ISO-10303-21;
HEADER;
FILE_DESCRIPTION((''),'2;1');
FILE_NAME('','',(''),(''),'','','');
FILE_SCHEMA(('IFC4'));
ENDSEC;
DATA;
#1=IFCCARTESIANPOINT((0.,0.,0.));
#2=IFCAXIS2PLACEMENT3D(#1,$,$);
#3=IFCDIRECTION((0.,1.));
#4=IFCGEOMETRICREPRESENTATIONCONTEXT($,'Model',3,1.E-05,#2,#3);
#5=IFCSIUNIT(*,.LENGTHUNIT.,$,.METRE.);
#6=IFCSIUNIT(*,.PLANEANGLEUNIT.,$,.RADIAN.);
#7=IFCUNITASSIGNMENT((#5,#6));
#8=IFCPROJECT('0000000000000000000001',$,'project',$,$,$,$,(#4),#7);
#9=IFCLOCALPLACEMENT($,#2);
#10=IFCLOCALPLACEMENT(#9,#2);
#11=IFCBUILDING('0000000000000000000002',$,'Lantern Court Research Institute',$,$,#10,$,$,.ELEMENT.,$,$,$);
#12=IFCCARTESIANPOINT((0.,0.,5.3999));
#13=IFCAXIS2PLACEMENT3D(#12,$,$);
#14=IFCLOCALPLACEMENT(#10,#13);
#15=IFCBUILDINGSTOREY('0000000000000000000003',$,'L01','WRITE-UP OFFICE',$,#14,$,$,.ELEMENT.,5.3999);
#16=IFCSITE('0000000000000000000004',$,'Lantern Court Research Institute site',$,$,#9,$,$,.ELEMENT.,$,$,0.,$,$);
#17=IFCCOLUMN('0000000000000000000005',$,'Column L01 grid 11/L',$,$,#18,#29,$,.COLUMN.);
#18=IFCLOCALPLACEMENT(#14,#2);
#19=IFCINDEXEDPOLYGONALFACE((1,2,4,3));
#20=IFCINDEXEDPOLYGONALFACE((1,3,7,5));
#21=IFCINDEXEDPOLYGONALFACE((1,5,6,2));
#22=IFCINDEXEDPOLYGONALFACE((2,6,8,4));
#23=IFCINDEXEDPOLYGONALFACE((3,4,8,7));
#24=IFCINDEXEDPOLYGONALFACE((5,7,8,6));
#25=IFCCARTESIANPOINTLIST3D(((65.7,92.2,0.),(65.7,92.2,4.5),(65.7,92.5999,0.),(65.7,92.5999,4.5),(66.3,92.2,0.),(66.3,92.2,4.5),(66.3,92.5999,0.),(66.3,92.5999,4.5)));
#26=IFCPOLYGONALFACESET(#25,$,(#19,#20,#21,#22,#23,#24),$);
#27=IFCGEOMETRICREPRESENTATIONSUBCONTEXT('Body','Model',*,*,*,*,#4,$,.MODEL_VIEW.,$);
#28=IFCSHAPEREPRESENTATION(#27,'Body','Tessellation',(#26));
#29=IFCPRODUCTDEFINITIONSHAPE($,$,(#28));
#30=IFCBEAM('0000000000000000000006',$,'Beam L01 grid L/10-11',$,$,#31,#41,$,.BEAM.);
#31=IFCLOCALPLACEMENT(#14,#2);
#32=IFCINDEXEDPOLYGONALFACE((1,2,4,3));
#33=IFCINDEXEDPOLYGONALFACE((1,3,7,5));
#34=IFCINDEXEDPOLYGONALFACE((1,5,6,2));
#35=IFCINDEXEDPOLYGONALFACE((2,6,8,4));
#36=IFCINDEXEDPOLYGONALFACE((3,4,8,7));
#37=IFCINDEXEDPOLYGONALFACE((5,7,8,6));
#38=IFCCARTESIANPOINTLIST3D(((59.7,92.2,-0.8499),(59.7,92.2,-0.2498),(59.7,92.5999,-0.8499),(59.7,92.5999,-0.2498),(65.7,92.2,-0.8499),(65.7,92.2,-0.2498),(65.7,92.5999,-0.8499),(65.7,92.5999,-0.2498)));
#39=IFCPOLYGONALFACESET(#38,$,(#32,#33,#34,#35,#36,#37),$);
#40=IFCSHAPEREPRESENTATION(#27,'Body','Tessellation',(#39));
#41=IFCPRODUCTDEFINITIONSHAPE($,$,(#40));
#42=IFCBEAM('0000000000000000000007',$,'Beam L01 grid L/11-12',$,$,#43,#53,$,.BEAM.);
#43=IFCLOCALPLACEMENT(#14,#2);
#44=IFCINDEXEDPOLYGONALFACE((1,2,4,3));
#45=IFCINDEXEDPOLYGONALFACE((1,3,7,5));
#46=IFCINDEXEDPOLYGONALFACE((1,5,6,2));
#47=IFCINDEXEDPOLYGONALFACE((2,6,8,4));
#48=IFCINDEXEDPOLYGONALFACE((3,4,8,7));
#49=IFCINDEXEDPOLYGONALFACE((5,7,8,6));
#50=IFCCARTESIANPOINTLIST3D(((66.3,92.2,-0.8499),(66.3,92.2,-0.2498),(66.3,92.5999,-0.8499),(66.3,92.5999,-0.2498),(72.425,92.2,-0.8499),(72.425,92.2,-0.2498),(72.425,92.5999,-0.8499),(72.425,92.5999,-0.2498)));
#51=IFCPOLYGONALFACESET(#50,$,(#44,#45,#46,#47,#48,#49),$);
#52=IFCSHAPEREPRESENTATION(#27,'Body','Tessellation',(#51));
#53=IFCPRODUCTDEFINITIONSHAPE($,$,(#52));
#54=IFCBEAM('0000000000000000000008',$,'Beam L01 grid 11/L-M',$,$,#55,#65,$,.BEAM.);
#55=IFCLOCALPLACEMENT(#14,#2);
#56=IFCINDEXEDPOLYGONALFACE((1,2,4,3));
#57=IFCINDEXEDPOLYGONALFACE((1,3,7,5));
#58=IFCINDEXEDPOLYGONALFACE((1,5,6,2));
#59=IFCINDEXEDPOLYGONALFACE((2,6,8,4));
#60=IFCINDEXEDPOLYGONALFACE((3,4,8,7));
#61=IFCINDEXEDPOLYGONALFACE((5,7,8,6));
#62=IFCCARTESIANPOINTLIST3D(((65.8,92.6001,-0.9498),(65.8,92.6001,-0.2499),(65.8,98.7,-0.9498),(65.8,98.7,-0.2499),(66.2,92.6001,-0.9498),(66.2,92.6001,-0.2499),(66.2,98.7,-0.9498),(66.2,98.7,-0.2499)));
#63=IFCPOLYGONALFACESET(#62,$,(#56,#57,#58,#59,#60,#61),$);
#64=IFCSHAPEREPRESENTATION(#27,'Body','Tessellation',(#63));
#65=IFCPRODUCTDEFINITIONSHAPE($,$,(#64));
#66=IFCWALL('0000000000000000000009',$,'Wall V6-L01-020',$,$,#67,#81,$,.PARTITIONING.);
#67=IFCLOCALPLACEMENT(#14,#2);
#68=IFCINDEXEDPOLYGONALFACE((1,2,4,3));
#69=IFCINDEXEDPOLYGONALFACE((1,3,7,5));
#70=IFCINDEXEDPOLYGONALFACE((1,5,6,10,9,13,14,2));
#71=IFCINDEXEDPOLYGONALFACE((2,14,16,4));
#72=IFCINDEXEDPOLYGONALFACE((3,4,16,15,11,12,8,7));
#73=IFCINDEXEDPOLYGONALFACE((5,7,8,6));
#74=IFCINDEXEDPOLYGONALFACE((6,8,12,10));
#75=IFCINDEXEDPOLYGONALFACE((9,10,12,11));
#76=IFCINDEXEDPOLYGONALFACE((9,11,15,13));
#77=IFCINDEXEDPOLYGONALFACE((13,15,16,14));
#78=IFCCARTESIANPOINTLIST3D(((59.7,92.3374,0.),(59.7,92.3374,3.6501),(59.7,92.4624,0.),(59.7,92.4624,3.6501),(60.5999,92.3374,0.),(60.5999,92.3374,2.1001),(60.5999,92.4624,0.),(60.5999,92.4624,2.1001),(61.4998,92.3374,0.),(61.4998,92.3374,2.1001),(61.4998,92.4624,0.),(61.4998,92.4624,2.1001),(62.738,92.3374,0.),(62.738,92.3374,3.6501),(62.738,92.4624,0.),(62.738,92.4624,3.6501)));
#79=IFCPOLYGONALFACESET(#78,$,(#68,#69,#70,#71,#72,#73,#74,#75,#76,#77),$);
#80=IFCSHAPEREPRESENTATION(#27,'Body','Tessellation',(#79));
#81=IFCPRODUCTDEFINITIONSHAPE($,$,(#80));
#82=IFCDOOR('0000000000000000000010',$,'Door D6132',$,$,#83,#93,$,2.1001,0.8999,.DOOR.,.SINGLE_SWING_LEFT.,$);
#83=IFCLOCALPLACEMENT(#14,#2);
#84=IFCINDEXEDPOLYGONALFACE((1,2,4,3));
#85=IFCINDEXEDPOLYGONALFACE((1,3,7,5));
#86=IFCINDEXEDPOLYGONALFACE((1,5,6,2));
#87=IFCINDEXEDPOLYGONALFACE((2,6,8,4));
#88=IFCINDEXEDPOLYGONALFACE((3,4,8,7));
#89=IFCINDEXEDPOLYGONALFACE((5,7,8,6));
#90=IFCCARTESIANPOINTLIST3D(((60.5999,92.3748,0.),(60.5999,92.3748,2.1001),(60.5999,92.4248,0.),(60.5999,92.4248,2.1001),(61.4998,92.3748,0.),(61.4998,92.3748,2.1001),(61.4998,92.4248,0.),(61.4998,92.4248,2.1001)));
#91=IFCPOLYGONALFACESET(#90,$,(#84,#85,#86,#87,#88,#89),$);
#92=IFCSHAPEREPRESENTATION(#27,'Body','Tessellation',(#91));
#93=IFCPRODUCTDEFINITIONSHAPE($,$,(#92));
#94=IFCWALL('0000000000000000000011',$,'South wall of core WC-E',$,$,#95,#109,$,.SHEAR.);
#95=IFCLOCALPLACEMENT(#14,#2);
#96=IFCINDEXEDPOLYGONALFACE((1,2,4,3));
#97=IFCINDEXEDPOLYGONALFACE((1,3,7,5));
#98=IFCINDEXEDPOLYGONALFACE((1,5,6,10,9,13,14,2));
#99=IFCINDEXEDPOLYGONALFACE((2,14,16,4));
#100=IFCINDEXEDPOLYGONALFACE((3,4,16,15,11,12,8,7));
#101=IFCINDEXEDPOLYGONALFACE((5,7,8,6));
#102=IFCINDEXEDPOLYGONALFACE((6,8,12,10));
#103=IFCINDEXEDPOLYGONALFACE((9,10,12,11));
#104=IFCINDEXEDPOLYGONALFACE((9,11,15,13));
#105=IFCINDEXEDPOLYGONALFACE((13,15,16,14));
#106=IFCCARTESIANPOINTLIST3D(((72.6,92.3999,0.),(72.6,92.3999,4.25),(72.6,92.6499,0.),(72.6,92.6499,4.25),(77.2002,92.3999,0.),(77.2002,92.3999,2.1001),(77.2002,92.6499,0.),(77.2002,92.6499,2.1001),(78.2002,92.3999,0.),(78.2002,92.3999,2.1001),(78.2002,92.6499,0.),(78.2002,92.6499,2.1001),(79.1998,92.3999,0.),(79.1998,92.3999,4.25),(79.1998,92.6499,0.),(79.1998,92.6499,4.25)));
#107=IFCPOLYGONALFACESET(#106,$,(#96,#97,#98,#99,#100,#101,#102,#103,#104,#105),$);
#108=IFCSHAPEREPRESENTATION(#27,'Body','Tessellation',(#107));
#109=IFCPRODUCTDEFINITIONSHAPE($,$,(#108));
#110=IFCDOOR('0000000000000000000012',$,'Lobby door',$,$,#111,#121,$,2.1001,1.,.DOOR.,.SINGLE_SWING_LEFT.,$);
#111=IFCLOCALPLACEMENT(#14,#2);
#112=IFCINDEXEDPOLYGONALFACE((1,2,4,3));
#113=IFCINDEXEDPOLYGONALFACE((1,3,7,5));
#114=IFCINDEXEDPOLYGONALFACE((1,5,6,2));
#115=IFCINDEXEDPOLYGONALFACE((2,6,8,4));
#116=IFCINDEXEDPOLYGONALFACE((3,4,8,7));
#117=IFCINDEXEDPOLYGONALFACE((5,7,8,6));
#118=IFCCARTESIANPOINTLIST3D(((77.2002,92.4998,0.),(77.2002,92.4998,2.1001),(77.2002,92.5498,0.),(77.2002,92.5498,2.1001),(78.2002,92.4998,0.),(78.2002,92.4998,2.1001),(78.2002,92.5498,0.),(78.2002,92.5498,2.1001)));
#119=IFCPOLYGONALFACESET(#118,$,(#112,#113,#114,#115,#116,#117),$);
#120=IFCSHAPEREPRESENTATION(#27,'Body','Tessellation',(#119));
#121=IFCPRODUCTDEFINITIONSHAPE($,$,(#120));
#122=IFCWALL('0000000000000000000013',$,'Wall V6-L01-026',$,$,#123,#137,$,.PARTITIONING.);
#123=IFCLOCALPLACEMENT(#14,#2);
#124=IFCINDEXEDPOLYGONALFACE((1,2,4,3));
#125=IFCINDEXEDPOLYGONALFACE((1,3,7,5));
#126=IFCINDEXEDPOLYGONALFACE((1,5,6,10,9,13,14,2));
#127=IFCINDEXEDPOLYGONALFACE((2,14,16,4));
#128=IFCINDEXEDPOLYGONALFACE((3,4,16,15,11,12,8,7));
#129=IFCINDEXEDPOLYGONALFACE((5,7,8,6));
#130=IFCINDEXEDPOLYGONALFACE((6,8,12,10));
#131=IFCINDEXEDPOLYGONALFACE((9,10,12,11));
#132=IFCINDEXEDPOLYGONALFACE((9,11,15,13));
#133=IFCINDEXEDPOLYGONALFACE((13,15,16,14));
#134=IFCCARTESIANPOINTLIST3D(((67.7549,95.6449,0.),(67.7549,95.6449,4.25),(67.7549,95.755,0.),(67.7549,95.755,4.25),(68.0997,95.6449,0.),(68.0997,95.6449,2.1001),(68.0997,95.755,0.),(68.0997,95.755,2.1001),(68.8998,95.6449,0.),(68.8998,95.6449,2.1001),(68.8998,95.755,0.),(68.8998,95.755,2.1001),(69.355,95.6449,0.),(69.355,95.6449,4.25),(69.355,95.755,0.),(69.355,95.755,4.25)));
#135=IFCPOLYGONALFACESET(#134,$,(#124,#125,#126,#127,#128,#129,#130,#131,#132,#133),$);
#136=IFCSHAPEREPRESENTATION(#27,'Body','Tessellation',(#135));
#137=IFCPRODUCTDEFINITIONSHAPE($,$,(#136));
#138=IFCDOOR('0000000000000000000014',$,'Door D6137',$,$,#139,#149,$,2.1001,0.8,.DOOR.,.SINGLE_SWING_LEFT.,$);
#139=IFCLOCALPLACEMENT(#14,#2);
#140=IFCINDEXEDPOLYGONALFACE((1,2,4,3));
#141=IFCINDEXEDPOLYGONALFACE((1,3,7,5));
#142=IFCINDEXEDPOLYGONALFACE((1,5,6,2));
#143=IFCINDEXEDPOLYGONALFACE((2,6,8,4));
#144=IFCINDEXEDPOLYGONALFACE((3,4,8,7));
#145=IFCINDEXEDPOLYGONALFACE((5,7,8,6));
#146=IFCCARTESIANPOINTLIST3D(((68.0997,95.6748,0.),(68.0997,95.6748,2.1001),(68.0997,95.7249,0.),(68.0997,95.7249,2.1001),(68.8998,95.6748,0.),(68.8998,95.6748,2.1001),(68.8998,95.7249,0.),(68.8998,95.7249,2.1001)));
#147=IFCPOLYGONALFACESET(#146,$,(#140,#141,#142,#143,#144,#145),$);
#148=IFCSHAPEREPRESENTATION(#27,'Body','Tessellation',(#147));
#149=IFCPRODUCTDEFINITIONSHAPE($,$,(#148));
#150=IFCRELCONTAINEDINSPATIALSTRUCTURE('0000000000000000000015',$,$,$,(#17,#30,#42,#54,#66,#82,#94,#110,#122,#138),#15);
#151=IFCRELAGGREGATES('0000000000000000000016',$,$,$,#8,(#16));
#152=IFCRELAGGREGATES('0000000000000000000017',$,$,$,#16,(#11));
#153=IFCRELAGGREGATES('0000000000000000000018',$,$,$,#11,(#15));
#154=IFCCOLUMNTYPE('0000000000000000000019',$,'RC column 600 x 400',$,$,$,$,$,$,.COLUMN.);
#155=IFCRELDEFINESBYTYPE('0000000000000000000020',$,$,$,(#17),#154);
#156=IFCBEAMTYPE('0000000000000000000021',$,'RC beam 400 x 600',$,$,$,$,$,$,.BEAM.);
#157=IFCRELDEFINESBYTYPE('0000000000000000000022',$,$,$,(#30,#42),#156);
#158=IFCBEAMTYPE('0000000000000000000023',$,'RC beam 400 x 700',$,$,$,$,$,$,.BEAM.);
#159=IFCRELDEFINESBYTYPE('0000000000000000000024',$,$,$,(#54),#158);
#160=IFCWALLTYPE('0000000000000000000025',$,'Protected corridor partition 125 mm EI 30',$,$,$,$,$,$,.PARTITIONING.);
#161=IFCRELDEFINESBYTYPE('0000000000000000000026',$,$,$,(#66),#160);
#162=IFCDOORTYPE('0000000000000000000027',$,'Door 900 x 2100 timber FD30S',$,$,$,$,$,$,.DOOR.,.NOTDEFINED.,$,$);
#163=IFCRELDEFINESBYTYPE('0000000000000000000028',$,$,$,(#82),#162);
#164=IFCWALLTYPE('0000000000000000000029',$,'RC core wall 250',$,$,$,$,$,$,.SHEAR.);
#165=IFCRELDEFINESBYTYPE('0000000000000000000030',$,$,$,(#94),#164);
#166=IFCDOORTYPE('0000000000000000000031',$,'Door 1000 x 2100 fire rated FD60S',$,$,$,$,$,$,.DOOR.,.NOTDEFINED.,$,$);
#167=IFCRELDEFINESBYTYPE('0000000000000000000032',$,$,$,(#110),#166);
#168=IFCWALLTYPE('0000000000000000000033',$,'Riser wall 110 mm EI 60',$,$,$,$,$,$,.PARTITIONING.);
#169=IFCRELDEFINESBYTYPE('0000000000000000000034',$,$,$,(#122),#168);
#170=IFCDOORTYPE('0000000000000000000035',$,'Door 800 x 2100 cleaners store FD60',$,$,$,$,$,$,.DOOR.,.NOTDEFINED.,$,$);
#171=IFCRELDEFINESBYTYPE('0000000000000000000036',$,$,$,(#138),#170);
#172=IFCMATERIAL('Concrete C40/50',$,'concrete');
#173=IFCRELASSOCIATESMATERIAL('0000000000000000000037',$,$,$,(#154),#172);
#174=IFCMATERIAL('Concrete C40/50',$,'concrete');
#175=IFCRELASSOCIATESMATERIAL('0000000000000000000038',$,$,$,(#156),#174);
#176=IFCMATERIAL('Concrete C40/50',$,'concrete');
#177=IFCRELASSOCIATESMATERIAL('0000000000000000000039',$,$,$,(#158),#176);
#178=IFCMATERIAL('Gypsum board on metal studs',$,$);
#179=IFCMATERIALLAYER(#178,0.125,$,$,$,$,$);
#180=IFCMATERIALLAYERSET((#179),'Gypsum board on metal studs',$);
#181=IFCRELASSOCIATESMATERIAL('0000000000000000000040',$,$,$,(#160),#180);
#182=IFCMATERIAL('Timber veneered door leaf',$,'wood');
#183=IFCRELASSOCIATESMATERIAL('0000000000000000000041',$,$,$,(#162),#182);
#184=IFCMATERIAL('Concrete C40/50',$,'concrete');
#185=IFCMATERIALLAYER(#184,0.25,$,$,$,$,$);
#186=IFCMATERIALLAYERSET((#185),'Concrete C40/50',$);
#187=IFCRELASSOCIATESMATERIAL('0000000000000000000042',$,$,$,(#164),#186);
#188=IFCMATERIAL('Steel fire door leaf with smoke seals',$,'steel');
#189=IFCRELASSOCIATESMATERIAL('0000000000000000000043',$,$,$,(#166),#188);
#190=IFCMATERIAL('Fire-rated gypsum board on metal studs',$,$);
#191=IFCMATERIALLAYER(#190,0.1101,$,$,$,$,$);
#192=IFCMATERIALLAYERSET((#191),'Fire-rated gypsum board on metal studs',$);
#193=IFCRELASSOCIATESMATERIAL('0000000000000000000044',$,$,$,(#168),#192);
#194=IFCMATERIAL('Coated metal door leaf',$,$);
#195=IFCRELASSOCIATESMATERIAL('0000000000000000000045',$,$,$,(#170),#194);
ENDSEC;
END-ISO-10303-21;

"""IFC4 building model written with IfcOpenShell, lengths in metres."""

from ifc_helpers import new_model, si_unit, direction, frame, frame_2d, origin, origin_2d, place, context, subcontext, project, spatial, rectangle, extrude, material, layer, layer_set, material_profile, profile_set, type_object, element, fill, save


model = new_model("IFC4")

# Units and contexts
model_context = context("Model", 3, precision=1e-05, world=origin(), true_north=direction((0.0, 1.0)))
body_context = subcontext(model_context, "Body", "Model", "MODEL_VIEW")
ifc_project = project(units=[si_unit("LENGTHUNIT", "METRE"), si_unit("PLANEANGLEUNIT", "RADIAN")], contexts=[model_context])

# Site, building, storey
site_placement = place(None, origin())
site = spatial("IfcSite", under=ifc_project, at=site_placement, Name="Lantern Court Research Institute site", CompositionType="ELEMENT", RefElevation=0.0)
building_placement = place(site_placement, origin())
building = spatial("IfcBuilding", under=site, at=building_placement, Name="Lantern Court Research Institute", CompositionType="ELEMENT")
storey_placement = place(building_placement, frame((0.0, 0.0, 5.3999)))
storey = spatial("IfcBuildingStorey", under=building, at=storey_placement, Name="L01", Description="WRITE-UP OFFICE", CompositionType="ELEMENT", Elevation=5.3999)

# Column
ifc_material_1 = material(Name="Concrete C40/50", Category="concrete")
ifc_material_profile_1 = material_profile(ifc_material_1, rectangle(XDim=0.6001, YDim=0.3999, at=origin_2d()), Name="RC column 600 x 400")
ifc_profile_set_1 = profile_set([ifc_material_profile_1], Name="Concrete C40/50")
column_type = type_object("IfcColumnType", Name="RC column 600 x 400", PredefinedType="COLUMN", material=ifc_profile_set_1)
column_placement = place(storey_placement, frame((66.0, 92.3999, 0.0), z_axis=(0.0, 0.0, 1.0), x_axis=(1.0, 0.0, 0.0)))
element("IfcColumn", 1, at=column_placement, inside=storey, type_object=column_type, Name="Column L01 grid 11/L", PredefinedType="COLUMN", context=body_context, shape_type="SweptSolid", body=[
    extrude(rectangle(XDim=0.6001, YDim=0.3999, at=origin_2d()), origin(), (0.0, 0.0, 1.0), 4.5),
])

# Beams
ifc_material_2 = material(Name="Concrete C40/50", Category="concrete")
ifc_material_profile_2 = material_profile(ifc_material_2, rectangle(XDim=0.3999, YDim=0.6001, at=origin_2d()), Name="RC beam 400 x 600")
ifc_profile_set_2 = profile_set([ifc_material_profile_2], Name="Concrete C40/50")
beam_type_1 = type_object("IfcBeamType", Name="RC beam 400 x 600", PredefinedType="BEAM", material=ifc_profile_set_2)
beam_1_placement = place(storey_placement, frame((59.7, 92.3999, -0.5498), z_axis=(1.0, 0.0, 0.0), x_axis=(0.0, 1.0, 0.0)))
element("IfcBeam", 2, at=beam_1_placement, inside=storey, type_object=beam_type_1, Name="Beam L01 grid L/10-11", PredefinedType="BEAM", context=body_context, shape_type="SweptSolid", body=[
    extrude(rectangle(XDim=0.3999, YDim=0.6001, at=origin_2d()), origin(), (0.0, 0.0, 1.0), 6.0),
])
beam_2_placement = place(storey_placement, frame((66.3, 92.3999, -0.5498), z_axis=(1.0, 0.0, 0.0), x_axis=(0.0, 1.0, 0.0)))
element("IfcBeam", 3, at=beam_2_placement, inside=storey, type_object=beam_type_1, Name="Beam L01 grid L/11-12", PredefinedType="BEAM", context=body_context, shape_type="SweptSolid", body=[
    extrude(rectangle(XDim=0.3999, YDim=0.6001, at=origin_2d()), origin(), (0.0, 0.0, 1.0), 6.125),
])
ifc_material_3 = material(Name="Concrete C40/50", Category="concrete")
ifc_material_profile_3 = material_profile(ifc_material_3, rectangle(XDim=0.3999, YDim=0.7, at=origin_2d()), Name="RC beam 400 x 700")
ifc_profile_set_3 = profile_set([ifc_material_profile_3], Name="Concrete C40/50")
beam_type_2 = type_object("IfcBeamType", Name="RC beam 400 x 700", PredefinedType="BEAM", material=ifc_profile_set_3)
beam_3_placement = place(storey_placement, frame((66.0, 92.6001, -0.5999), z_axis=(0.0, 1.0, 0.0), x_axis=(-1.0, 0.0, 0.0)))
element("IfcBeam", 4, at=beam_3_placement, inside=storey, type_object=beam_type_2, Name="Beam L01 grid 11/L-M", PredefinedType="BEAM", context=body_context, shape_type="SweptSolid", body=[
    extrude(rectangle(XDim=0.3999, YDim=0.7, at=origin_2d()), origin(), (0.0, 0.0, 1.0), 6.0999),
])

# Walls, openings, doors
ifc_material_4 = material(Name="Gypsum board on metal studs")
ifc_layer_1 = layer(ifc_material_4, 0.125)
ifc_layer_set_1 = layer_set([ifc_layer_1], Name="Gypsum board on metal studs")
wall_type_1 = type_object("IfcWallType", Name="Protected corridor partition 125 mm EI 30", PredefinedType="PARTITIONING", material=ifc_layer_set_1)
wall_1_placement = place(storey_placement, frame((59.7, 92.3999, 0.0), z_axis=(0.0, 0.0, 1.0), x_axis=(1.0, 0.0, 0.0)))
wall_1 = element("IfcWall", 5, at=wall_1_placement, inside=storey, type_object=wall_type_1, Name="Wall V6-L01-020", PredefinedType="PARTITIONING", context=body_context, shape_type="SweptSolid", body=[
    extrude(rectangle(XDim=3.0381, YDim=0.125, at=frame_2d((1.519, 0.0))), origin(), (0.0, 0.0, 1.0), 3.6501),
])
opening_1_placement = place(wall_1_placement, frame((0.8999, 0.0, 0.0)))
opening_1 = element("IfcOpeningElement", 6, at=opening_1_placement, cuts=wall_1, PredefinedType="OPENING", context=body_context, shape_type="SweptSolid", body=[
    extrude(rectangle(XDim=0.8999, YDim=2.1001, at=frame_2d((0.45, 1.05))), frame((0.0, 0.0725, 0.0), z_axis=(0.0, -1.0, 0.0), x_axis=(1.0, 0.0, 0.0)), (0.0, 0.0, 1.0), 0.145),
])
ifc_material_5 = material(Name="Timber veneered door leaf", Category="wood")
door_type_1 = type_object("IfcDoorType", Name="Door 900 x 2100 timber FD30S", OperationType="NOTDEFINED", PredefinedType="DOOR", material=ifc_material_5)
door_1_placement = place(opening_1_placement, origin())
door_1 = element("IfcDoor", 7, at=door_1_placement, inside=storey, type_object=door_type_1, Name="Door D6132", OperationType="SINGLE_SWING_LEFT", OverallHeight=2.1001, OverallWidth=0.8999, PredefinedType="DOOR", context=body_context, shape_type="SweptSolid", body=[
    extrude(rectangle(XDim=0.8999, YDim=2.1001, at=frame_2d((0.45, 1.05))), frame((0.0, 0.0249, 0.0), z_axis=(0.0, -1.0, 0.0), x_axis=(1.0, 0.0, 0.0)), (0.0, 0.0, 1.0), 0.05),
])
fill(opening_1, door_1)
ifc_material_6 = material(Name="Concrete C40/50", Category="concrete")
ifc_layer_2 = layer(ifc_material_6, 0.25)
ifc_layer_set_2 = layer_set([ifc_layer_2], Name="Concrete C40/50")
wall_type_2 = type_object("IfcWallType", Name="RC core wall 250", PredefinedType="SHEAR", material=ifc_layer_set_2)
wall_2_placement = place(storey_placement, frame((72.6001, 92.5249, 0.0), z_axis=(0.0, 0.0, 1.0), x_axis=(1.0, 0.0, 0.0)))
wall_2 = element("IfcWall", 8, at=wall_2_placement, inside=storey, type_object=wall_type_2, Name="South wall of core WC-E", PredefinedType="SHEAR", context=body_context, shape_type="SweptSolid", body=[
    extrude(rectangle(XDim=6.5999, YDim=0.25, at=frame_2d((3.2998, 0.0))), origin(), (0.0, 0.0, 1.0), 4.25),
])
opening_2_placement = place(wall_2_placement, frame((4.6001, 0.0, 0.0)))
opening_2 = element("IfcOpeningElement", 9, at=opening_2_placement, cuts=wall_2, PredefinedType="OPENING", context=body_context, shape_type="SweptSolid", body=[
    extrude(rectangle(XDim=1.0, YDim=2.1001, at=frame_2d((0.5, 1.05))), frame((0.0, 0.135, 0.0), z_axis=(0.0, -1.0, 0.0), x_axis=(1.0, 0.0, 0.0)), (0.0, 0.0, 1.0), 0.27),
])
ifc_material_7 = material(Name="Steel fire door leaf with smoke seals", Category="steel")
door_type_2 = type_object("IfcDoorType", Name="Door 1000 x 2100 fire rated FD60S", OperationType="NOTDEFINED", PredefinedType="DOOR", material=ifc_material_7)
door_2_placement = place(opening_2_placement, origin())
door_2 = element("IfcDoor", 10, at=door_2_placement, inside=storey, type_object=door_type_2, Name="Lobby door", OperationType="SINGLE_SWING_LEFT", OverallHeight=2.1001, OverallWidth=1.0, PredefinedType="DOOR", context=body_context, shape_type="SweptSolid", body=[
    extrude(rectangle(XDim=1.0, YDim=2.1001, at=frame_2d((0.5, 1.05))), frame((0.0, 0.0249, 0.0), z_axis=(0.0, -1.0, 0.0), x_axis=(1.0, 0.0, 0.0)), (0.0, 0.0, 1.0), 0.05),
])
fill(opening_2, door_2)
ifc_material_8 = material(Name="Fire-rated gypsum board on metal studs")
ifc_layer_3 = layer(ifc_material_8, 0.1101)
ifc_layer_set_3 = layer_set([ifc_layer_3], Name="Fire-rated gypsum board on metal studs")
wall_type_3 = type_object("IfcWallType", Name="Riser wall 110 mm EI 60", PredefinedType="PARTITIONING", material=ifc_layer_set_3)
wall_3_placement = place(storey_placement, frame((67.7549, 95.7, 0.0), z_axis=(0.0, 0.0, 1.0), x_axis=(1.0, 0.0, 0.0)))
wall_3 = element("IfcWall", 11, at=wall_3_placement, inside=storey, type_object=wall_type_3, Name="Wall V6-L01-026", PredefinedType="PARTITIONING", context=body_context, shape_type="SweptSolid", body=[
    extrude(rectangle(XDim=1.6001, YDim=0.1101, at=frame_2d((0.8, 0.0))), origin(), (0.0, 0.0, 1.0), 4.25),
])
opening_3_placement = place(wall_3_placement, frame((0.345, 0.0, 0.0)))
opening_3 = element("IfcOpeningElement", 12, at=opening_3_placement, cuts=wall_3, PredefinedType="OPENING", context=body_context, shape_type="SweptSolid", body=[
    extrude(rectangle(XDim=0.8, YDim=2.1001, at=frame_2d((0.3999, 1.05))), frame((0.0, 0.0649, 0.0), z_axis=(0.0, -1.0, 0.0), x_axis=(1.0, 0.0, 0.0)), (0.0, 0.0, 1.0), 0.1301),
])
ifc_material_9 = material(Name="Coated metal door leaf")
door_type_3 = type_object("IfcDoorType", Name="Door 800 x 2100 cleaners store FD60", OperationType="NOTDEFINED", PredefinedType="DOOR", material=ifc_material_9)
door_3_placement = place(opening_3_placement, origin())
door_3 = element("IfcDoor", 13, at=door_3_placement, inside=storey, type_object=door_type_3, Name="Door D6137", OperationType="SINGLE_SWING_LEFT", OverallHeight=2.1001, OverallWidth=0.8, PredefinedType="DOOR", context=body_context, shape_type="SweptSolid", body=[
    extrude(rectangle(XDim=0.8, YDim=2.1001, at=frame_2d((0.3999, 1.05))), frame((0.0, 0.0249, 0.0), z_axis=(0.0, -1.0, 0.0), x_axis=(1.0, 0.0, 0.0)), (0.0, 0.0, 1.0), 0.05),
])
fill(opening_3, door_3)

save(model, "model.ifc")
